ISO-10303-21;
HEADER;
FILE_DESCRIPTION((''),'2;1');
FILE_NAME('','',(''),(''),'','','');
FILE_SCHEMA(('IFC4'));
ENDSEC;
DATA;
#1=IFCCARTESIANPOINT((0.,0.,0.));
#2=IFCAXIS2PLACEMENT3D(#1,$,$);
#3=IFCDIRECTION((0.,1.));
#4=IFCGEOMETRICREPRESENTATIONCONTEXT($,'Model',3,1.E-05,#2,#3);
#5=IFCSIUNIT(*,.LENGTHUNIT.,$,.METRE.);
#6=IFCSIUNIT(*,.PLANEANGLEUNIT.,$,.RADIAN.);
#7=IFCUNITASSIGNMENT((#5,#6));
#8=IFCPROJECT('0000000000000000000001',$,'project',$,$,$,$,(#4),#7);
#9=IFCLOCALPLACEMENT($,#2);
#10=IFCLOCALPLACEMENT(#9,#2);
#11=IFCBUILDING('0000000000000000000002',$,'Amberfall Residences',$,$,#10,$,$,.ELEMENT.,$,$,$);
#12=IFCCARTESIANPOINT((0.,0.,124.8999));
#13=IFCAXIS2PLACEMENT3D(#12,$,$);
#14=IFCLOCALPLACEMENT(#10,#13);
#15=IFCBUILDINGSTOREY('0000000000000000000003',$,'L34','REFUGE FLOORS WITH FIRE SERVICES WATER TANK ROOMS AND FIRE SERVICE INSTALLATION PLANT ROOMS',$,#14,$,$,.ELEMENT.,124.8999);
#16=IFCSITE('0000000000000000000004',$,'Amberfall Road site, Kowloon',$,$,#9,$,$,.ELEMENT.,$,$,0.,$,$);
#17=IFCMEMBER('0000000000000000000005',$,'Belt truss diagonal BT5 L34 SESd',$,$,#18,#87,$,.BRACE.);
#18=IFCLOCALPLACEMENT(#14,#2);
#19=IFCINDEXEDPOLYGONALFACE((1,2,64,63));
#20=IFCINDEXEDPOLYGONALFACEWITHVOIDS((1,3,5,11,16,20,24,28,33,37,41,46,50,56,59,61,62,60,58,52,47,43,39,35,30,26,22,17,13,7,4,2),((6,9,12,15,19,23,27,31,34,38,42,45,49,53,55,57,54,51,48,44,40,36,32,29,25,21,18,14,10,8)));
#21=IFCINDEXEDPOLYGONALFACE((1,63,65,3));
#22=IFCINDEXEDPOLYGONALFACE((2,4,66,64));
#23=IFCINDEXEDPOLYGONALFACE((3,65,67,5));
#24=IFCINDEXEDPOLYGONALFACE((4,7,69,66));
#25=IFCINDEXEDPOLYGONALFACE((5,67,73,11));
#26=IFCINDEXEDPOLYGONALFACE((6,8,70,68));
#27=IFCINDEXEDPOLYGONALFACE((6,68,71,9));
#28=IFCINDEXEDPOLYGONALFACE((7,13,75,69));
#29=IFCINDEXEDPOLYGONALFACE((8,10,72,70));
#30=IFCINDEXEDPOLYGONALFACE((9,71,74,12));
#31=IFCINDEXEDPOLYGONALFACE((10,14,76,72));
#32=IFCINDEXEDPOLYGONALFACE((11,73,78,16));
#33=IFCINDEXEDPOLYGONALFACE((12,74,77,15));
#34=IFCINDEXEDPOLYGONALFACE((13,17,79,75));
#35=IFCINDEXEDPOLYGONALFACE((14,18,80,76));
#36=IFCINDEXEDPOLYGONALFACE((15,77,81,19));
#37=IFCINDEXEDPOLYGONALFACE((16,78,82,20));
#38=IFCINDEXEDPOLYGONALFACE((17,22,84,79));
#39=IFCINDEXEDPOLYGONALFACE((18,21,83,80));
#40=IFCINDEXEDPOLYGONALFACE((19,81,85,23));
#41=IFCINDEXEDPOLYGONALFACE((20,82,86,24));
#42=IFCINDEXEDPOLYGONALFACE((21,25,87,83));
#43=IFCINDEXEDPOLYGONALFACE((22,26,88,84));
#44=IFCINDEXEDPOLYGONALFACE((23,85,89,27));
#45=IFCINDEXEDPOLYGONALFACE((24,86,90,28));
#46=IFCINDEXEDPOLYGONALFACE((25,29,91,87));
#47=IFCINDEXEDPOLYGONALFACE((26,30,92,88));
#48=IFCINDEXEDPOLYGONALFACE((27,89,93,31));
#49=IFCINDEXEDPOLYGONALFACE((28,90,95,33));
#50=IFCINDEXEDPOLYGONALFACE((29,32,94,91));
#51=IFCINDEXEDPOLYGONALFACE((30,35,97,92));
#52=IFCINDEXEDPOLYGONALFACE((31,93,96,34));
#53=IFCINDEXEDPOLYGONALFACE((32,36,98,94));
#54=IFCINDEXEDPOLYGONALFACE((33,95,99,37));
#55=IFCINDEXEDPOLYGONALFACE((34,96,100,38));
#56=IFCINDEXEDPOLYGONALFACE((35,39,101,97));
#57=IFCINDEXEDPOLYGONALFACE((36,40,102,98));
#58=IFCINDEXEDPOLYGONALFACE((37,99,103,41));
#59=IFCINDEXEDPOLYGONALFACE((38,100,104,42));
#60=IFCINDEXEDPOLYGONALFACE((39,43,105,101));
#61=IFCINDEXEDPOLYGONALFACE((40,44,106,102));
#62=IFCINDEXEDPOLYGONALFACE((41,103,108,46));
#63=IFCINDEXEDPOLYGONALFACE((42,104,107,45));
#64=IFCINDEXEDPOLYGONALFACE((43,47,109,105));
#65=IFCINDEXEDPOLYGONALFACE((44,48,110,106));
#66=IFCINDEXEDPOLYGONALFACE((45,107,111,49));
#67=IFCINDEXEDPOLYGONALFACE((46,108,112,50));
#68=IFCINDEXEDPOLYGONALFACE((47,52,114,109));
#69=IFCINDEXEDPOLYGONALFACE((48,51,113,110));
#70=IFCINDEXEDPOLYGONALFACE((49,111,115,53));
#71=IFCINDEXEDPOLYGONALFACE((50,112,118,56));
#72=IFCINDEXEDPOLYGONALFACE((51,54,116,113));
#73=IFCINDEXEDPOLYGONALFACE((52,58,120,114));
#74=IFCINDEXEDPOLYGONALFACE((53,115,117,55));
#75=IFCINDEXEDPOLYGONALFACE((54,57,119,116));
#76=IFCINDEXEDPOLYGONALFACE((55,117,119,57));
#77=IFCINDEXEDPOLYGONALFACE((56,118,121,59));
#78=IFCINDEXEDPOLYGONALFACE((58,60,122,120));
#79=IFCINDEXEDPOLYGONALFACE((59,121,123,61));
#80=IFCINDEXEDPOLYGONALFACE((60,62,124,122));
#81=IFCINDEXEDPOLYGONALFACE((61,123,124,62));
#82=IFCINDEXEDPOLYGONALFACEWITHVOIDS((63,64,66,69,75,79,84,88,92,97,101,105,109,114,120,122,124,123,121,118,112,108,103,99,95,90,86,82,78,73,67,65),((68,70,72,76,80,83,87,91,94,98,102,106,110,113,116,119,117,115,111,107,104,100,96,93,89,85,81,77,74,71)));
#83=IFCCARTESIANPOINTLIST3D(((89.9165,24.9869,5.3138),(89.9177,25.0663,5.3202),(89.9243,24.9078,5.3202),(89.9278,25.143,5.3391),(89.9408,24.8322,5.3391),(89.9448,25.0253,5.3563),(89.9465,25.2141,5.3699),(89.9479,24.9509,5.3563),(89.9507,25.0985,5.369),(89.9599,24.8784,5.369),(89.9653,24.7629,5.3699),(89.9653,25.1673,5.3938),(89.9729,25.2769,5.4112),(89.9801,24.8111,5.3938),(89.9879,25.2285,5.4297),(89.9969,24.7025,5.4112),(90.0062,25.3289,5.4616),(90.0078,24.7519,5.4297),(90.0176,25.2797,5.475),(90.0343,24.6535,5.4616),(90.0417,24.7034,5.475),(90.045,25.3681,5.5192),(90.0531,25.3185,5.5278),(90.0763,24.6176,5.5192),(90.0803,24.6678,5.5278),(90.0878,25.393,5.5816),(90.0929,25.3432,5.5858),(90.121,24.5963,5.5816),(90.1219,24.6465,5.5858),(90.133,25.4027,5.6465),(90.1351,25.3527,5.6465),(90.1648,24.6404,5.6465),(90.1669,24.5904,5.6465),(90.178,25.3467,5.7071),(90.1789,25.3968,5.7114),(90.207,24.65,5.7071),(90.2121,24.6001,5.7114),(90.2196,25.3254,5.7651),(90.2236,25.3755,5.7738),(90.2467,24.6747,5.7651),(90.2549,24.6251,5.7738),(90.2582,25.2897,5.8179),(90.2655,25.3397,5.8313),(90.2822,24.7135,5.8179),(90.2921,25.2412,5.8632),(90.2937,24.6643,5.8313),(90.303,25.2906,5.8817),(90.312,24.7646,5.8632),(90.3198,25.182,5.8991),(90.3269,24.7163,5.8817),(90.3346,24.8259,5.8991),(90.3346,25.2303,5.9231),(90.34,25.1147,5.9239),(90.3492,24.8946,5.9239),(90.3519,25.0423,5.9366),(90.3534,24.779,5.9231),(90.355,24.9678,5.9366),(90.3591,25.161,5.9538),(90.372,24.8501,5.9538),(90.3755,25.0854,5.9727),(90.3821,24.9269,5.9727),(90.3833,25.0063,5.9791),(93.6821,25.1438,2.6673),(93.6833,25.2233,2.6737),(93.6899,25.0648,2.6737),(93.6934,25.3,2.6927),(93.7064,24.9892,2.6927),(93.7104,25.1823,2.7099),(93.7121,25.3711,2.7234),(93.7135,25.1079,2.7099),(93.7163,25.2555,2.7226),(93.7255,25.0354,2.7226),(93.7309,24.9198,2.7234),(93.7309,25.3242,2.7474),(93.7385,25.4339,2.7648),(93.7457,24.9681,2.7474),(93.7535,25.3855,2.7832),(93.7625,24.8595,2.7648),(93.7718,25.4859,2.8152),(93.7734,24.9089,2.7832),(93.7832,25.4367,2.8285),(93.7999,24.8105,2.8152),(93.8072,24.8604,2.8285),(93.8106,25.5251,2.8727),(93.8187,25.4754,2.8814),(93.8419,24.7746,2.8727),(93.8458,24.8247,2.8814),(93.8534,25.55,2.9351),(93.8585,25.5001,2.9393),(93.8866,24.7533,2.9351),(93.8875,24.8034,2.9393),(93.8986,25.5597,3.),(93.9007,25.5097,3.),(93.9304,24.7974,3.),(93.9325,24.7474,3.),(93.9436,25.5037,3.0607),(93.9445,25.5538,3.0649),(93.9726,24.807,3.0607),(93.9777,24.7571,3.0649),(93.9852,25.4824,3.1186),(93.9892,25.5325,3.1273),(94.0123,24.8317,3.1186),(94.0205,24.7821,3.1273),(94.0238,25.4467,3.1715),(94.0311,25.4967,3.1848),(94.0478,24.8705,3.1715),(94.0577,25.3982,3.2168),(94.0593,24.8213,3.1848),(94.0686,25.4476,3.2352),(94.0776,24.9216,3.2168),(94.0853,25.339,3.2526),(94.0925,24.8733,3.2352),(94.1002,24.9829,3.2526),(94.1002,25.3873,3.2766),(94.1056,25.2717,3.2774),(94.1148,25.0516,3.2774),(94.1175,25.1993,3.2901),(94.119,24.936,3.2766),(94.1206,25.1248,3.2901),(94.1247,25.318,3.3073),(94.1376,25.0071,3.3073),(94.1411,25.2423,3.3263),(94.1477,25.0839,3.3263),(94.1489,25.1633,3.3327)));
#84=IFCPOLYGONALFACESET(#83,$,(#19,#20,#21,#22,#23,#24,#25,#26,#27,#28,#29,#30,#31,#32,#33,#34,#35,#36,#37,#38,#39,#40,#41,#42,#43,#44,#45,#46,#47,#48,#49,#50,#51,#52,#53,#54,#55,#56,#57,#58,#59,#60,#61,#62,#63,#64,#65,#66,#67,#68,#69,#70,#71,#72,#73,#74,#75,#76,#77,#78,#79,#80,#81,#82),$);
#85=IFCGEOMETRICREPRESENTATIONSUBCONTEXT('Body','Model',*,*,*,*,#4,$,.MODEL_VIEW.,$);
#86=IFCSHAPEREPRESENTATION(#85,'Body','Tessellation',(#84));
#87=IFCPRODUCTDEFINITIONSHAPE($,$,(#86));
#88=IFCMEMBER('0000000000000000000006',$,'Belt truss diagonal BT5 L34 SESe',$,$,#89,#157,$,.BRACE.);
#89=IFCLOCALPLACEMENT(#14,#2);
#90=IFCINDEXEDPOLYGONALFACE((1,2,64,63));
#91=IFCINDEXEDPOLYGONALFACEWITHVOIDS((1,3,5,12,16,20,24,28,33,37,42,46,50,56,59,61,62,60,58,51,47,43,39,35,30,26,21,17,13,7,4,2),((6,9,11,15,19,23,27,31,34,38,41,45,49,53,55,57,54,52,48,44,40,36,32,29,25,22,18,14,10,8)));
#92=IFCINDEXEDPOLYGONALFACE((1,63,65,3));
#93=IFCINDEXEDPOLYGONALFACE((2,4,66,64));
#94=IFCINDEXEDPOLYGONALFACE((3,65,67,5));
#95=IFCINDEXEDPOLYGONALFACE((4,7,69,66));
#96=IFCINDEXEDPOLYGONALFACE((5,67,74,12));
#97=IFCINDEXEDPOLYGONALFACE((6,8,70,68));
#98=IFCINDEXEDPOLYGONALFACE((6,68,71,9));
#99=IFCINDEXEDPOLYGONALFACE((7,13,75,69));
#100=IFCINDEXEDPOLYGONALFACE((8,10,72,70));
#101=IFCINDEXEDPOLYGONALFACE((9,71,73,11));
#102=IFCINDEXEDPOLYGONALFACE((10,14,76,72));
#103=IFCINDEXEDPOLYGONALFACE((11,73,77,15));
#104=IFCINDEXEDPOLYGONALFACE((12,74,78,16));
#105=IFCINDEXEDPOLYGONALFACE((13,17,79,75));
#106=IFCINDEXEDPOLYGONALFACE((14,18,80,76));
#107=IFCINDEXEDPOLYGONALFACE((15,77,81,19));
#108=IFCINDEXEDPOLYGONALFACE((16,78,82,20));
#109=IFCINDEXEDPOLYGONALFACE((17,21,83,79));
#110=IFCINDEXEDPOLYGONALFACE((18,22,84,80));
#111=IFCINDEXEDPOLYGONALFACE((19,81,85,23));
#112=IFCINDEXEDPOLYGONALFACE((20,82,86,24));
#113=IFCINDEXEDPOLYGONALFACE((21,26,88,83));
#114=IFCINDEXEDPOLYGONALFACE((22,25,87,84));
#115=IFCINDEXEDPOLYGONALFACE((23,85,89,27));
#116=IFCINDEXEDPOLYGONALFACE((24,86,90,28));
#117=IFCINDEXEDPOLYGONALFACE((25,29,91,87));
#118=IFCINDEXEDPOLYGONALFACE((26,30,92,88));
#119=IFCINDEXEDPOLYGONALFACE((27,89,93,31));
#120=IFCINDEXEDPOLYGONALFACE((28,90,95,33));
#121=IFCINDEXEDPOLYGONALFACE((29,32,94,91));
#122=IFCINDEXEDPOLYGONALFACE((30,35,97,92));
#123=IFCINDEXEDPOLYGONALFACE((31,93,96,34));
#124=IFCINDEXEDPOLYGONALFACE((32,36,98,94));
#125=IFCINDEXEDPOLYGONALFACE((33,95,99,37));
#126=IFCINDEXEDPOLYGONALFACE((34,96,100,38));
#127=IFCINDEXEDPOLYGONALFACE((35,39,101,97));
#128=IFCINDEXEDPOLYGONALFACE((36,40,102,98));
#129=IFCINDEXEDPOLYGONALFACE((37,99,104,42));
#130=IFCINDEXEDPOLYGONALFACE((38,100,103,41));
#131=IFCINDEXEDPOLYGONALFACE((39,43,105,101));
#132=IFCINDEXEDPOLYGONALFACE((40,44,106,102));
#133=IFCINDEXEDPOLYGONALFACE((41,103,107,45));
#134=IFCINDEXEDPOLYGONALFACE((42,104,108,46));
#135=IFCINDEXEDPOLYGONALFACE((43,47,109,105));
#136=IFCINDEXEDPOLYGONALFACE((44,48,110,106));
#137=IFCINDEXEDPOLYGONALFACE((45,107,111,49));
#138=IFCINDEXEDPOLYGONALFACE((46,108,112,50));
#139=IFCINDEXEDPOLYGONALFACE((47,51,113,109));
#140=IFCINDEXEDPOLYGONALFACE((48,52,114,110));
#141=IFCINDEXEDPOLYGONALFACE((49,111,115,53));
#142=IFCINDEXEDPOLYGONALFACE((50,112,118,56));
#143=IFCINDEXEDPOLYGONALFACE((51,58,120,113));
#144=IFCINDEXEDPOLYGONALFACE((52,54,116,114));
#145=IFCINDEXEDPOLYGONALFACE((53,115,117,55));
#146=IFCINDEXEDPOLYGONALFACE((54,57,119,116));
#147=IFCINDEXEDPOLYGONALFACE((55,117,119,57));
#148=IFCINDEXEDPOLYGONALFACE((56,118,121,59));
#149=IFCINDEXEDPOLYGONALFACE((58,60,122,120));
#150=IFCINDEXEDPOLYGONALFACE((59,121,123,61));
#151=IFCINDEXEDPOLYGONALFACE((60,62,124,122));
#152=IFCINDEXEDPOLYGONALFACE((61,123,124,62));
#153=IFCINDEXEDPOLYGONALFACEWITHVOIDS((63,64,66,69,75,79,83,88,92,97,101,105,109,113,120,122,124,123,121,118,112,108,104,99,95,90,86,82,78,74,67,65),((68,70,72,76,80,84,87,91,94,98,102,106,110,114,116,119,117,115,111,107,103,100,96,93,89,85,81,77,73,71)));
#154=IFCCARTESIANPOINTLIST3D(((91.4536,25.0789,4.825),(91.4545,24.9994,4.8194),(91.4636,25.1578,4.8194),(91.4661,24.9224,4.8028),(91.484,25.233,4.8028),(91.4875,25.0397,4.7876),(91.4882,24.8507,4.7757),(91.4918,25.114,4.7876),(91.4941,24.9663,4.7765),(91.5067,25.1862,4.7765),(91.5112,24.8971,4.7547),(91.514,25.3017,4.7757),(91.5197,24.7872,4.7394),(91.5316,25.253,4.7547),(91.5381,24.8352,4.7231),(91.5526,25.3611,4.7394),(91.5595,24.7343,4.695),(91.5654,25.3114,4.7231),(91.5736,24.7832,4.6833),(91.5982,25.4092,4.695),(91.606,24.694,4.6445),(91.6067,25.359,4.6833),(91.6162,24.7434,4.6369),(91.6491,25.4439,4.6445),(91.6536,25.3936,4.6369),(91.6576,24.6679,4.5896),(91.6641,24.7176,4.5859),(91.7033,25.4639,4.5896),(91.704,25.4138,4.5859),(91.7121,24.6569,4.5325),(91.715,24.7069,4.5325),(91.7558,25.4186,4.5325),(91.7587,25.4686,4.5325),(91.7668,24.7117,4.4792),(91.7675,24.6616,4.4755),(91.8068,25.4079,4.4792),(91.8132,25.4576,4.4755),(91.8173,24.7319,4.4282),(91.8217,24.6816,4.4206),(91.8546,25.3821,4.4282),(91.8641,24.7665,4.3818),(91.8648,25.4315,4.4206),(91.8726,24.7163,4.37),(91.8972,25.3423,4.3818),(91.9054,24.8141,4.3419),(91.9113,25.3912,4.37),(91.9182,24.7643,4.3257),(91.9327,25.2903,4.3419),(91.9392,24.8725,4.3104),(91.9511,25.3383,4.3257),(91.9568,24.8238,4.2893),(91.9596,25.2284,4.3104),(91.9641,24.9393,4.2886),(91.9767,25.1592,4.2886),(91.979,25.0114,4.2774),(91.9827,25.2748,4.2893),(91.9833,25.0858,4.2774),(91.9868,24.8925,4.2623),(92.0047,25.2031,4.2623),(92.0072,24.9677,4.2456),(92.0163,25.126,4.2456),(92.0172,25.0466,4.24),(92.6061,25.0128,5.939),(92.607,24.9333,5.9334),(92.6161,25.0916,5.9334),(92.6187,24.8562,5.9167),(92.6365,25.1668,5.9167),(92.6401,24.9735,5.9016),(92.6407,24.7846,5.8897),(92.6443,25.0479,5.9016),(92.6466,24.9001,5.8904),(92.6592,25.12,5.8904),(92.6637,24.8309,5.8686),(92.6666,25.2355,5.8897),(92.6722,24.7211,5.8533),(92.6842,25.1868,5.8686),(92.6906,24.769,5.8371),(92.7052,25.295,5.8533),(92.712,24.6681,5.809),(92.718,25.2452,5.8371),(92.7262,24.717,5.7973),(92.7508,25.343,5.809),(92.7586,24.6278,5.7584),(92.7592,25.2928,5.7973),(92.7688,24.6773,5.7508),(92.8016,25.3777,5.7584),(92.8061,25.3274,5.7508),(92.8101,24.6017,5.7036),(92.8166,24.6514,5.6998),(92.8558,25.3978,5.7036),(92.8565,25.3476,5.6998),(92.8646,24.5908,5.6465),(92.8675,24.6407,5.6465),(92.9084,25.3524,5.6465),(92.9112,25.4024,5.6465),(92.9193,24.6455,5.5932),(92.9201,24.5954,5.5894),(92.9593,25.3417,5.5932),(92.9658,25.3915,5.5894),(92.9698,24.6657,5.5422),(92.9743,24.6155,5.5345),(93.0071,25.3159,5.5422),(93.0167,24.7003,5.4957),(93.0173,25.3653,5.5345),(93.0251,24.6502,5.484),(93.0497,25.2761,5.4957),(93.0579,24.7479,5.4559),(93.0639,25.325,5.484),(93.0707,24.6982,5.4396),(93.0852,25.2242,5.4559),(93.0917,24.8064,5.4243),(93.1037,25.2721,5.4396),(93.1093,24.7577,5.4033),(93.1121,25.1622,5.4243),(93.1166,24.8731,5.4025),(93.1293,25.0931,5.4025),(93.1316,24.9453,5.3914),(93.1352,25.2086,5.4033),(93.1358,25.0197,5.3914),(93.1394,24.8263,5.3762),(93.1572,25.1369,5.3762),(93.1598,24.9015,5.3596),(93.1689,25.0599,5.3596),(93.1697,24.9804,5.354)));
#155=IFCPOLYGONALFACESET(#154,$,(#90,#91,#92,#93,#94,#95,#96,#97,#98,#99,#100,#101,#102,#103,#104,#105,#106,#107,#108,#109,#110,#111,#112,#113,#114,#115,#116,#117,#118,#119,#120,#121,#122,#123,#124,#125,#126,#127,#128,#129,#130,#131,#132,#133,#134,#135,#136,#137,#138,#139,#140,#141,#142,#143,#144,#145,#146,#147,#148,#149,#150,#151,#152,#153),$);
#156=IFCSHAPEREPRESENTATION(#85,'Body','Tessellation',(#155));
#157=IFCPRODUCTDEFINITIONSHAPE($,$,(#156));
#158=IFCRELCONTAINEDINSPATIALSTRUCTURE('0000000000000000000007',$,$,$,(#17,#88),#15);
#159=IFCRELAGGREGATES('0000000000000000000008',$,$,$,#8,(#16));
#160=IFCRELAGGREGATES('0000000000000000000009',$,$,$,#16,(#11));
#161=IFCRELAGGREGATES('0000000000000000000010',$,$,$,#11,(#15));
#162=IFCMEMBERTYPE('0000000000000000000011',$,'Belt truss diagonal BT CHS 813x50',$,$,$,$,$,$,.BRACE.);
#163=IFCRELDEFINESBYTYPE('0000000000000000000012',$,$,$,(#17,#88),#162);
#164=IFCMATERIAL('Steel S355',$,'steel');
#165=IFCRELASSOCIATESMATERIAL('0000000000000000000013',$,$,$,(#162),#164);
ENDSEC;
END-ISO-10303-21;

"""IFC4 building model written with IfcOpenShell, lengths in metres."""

from ifc_helpers import new_model, si_unit, direction, frame, origin, origin_2d, place, context, subcontext, project, spatial, hollow_circle, extrude, material, material_profile, profile_set, type_object, element, save


model = new_model("IFC4")

# Units and contexts
model_context = context("Model", 3, precision=1e-05, world=origin(), true_north=direction((0.0, 1.0)))
body_context = subcontext(model_context, "Body", "Model", "MODEL_VIEW")
ifc_project = project(units=[si_unit("LENGTHUNIT", "METRE"), si_unit("PLANEANGLEUNIT", "RADIAN")], contexts=[model_context])

# Site, building, storey
site_placement = place(None, origin())
site = spatial("IfcSite", under=ifc_project, at=site_placement, Name="Amberfall Road site, Kowloon", CompositionType="ELEMENT", RefElevation=0.0)
building_placement = place(site_placement, origin())
building = spatial("IfcBuilding", under=site, at=building_placement, Name="Amberfall Residences", CompositionType="ELEMENT")
storey_placement = place(building_placement, frame((0.0, 0.0, 124.8999)))
storey = spatial("IfcBuildingStorey", under=building, at=storey_placement, Name="L34", Description="REFUGE FLOORS WITH FIRE SERVICES WATER TANK ROOMS AND FIRE SERVICE INSTALLATION PLANT ROOMS", CompositionType="ELEMENT", Elevation=124.8999)

# Shared definitions
ifc_material_1 = material(Name="Steel S355", Category="steel")

# Members
ifc_material_profile_1 = material_profile(ifc_material_1, hollow_circle(Radius=0.4065, WallThickness=0.05, at=origin_2d()), Name="CHS 813x50")
ifc_profile_set_1 = profile_set([ifc_material_profile_1], Name="Steel S355")
member_type = type_object("IfcMemberType", Name="Belt truss diagonal BT CHS 813x50", PredefinedType="BRACE", material=ifc_profile_set_1)
member_1_placement = place(storey_placement, frame((93.9155, 25.1536, 3.0), z_axis=(-0.817678, -0.034088, 0.574665), x_axis=(0.041652, -0.999132, 0.0)))
element("IfcMember", 1, at=member_1_placement, inside=storey, type_object=member_type, Name="Belt truss diagonal BT5 L34 SESd", PredefinedType="BRACE", context=body_context, shape_type="SweptSolid", body=[
    extrude(hollow_circle(Radius=0.4065, WallThickness=0.05, at=origin_2d()), origin(), (0.0, 0.0, 1.0), 4.6052),
])
member_2_placement = place(storey_placement, frame((92.8879, 24.9966, 5.6465), z_axis=(-0.718425, 0.04124, -0.694381), x_axis=(-0.057309, -0.998357, 0.0)))
element("IfcMember", 2, at=member_2_placement, inside=storey, type_object=member_type, Name="Belt truss diagonal BT5 L34 SESe", PredefinedType="BRACE", context=body_context, shape_type="SweptSolid", body=[
    extrude(hollow_circle(Radius=0.4065, WallThickness=0.05, at=origin_2d()), origin(), (0.0, 0.0, 1.0), 1.6042),
])

save(model, "model.ifc")
